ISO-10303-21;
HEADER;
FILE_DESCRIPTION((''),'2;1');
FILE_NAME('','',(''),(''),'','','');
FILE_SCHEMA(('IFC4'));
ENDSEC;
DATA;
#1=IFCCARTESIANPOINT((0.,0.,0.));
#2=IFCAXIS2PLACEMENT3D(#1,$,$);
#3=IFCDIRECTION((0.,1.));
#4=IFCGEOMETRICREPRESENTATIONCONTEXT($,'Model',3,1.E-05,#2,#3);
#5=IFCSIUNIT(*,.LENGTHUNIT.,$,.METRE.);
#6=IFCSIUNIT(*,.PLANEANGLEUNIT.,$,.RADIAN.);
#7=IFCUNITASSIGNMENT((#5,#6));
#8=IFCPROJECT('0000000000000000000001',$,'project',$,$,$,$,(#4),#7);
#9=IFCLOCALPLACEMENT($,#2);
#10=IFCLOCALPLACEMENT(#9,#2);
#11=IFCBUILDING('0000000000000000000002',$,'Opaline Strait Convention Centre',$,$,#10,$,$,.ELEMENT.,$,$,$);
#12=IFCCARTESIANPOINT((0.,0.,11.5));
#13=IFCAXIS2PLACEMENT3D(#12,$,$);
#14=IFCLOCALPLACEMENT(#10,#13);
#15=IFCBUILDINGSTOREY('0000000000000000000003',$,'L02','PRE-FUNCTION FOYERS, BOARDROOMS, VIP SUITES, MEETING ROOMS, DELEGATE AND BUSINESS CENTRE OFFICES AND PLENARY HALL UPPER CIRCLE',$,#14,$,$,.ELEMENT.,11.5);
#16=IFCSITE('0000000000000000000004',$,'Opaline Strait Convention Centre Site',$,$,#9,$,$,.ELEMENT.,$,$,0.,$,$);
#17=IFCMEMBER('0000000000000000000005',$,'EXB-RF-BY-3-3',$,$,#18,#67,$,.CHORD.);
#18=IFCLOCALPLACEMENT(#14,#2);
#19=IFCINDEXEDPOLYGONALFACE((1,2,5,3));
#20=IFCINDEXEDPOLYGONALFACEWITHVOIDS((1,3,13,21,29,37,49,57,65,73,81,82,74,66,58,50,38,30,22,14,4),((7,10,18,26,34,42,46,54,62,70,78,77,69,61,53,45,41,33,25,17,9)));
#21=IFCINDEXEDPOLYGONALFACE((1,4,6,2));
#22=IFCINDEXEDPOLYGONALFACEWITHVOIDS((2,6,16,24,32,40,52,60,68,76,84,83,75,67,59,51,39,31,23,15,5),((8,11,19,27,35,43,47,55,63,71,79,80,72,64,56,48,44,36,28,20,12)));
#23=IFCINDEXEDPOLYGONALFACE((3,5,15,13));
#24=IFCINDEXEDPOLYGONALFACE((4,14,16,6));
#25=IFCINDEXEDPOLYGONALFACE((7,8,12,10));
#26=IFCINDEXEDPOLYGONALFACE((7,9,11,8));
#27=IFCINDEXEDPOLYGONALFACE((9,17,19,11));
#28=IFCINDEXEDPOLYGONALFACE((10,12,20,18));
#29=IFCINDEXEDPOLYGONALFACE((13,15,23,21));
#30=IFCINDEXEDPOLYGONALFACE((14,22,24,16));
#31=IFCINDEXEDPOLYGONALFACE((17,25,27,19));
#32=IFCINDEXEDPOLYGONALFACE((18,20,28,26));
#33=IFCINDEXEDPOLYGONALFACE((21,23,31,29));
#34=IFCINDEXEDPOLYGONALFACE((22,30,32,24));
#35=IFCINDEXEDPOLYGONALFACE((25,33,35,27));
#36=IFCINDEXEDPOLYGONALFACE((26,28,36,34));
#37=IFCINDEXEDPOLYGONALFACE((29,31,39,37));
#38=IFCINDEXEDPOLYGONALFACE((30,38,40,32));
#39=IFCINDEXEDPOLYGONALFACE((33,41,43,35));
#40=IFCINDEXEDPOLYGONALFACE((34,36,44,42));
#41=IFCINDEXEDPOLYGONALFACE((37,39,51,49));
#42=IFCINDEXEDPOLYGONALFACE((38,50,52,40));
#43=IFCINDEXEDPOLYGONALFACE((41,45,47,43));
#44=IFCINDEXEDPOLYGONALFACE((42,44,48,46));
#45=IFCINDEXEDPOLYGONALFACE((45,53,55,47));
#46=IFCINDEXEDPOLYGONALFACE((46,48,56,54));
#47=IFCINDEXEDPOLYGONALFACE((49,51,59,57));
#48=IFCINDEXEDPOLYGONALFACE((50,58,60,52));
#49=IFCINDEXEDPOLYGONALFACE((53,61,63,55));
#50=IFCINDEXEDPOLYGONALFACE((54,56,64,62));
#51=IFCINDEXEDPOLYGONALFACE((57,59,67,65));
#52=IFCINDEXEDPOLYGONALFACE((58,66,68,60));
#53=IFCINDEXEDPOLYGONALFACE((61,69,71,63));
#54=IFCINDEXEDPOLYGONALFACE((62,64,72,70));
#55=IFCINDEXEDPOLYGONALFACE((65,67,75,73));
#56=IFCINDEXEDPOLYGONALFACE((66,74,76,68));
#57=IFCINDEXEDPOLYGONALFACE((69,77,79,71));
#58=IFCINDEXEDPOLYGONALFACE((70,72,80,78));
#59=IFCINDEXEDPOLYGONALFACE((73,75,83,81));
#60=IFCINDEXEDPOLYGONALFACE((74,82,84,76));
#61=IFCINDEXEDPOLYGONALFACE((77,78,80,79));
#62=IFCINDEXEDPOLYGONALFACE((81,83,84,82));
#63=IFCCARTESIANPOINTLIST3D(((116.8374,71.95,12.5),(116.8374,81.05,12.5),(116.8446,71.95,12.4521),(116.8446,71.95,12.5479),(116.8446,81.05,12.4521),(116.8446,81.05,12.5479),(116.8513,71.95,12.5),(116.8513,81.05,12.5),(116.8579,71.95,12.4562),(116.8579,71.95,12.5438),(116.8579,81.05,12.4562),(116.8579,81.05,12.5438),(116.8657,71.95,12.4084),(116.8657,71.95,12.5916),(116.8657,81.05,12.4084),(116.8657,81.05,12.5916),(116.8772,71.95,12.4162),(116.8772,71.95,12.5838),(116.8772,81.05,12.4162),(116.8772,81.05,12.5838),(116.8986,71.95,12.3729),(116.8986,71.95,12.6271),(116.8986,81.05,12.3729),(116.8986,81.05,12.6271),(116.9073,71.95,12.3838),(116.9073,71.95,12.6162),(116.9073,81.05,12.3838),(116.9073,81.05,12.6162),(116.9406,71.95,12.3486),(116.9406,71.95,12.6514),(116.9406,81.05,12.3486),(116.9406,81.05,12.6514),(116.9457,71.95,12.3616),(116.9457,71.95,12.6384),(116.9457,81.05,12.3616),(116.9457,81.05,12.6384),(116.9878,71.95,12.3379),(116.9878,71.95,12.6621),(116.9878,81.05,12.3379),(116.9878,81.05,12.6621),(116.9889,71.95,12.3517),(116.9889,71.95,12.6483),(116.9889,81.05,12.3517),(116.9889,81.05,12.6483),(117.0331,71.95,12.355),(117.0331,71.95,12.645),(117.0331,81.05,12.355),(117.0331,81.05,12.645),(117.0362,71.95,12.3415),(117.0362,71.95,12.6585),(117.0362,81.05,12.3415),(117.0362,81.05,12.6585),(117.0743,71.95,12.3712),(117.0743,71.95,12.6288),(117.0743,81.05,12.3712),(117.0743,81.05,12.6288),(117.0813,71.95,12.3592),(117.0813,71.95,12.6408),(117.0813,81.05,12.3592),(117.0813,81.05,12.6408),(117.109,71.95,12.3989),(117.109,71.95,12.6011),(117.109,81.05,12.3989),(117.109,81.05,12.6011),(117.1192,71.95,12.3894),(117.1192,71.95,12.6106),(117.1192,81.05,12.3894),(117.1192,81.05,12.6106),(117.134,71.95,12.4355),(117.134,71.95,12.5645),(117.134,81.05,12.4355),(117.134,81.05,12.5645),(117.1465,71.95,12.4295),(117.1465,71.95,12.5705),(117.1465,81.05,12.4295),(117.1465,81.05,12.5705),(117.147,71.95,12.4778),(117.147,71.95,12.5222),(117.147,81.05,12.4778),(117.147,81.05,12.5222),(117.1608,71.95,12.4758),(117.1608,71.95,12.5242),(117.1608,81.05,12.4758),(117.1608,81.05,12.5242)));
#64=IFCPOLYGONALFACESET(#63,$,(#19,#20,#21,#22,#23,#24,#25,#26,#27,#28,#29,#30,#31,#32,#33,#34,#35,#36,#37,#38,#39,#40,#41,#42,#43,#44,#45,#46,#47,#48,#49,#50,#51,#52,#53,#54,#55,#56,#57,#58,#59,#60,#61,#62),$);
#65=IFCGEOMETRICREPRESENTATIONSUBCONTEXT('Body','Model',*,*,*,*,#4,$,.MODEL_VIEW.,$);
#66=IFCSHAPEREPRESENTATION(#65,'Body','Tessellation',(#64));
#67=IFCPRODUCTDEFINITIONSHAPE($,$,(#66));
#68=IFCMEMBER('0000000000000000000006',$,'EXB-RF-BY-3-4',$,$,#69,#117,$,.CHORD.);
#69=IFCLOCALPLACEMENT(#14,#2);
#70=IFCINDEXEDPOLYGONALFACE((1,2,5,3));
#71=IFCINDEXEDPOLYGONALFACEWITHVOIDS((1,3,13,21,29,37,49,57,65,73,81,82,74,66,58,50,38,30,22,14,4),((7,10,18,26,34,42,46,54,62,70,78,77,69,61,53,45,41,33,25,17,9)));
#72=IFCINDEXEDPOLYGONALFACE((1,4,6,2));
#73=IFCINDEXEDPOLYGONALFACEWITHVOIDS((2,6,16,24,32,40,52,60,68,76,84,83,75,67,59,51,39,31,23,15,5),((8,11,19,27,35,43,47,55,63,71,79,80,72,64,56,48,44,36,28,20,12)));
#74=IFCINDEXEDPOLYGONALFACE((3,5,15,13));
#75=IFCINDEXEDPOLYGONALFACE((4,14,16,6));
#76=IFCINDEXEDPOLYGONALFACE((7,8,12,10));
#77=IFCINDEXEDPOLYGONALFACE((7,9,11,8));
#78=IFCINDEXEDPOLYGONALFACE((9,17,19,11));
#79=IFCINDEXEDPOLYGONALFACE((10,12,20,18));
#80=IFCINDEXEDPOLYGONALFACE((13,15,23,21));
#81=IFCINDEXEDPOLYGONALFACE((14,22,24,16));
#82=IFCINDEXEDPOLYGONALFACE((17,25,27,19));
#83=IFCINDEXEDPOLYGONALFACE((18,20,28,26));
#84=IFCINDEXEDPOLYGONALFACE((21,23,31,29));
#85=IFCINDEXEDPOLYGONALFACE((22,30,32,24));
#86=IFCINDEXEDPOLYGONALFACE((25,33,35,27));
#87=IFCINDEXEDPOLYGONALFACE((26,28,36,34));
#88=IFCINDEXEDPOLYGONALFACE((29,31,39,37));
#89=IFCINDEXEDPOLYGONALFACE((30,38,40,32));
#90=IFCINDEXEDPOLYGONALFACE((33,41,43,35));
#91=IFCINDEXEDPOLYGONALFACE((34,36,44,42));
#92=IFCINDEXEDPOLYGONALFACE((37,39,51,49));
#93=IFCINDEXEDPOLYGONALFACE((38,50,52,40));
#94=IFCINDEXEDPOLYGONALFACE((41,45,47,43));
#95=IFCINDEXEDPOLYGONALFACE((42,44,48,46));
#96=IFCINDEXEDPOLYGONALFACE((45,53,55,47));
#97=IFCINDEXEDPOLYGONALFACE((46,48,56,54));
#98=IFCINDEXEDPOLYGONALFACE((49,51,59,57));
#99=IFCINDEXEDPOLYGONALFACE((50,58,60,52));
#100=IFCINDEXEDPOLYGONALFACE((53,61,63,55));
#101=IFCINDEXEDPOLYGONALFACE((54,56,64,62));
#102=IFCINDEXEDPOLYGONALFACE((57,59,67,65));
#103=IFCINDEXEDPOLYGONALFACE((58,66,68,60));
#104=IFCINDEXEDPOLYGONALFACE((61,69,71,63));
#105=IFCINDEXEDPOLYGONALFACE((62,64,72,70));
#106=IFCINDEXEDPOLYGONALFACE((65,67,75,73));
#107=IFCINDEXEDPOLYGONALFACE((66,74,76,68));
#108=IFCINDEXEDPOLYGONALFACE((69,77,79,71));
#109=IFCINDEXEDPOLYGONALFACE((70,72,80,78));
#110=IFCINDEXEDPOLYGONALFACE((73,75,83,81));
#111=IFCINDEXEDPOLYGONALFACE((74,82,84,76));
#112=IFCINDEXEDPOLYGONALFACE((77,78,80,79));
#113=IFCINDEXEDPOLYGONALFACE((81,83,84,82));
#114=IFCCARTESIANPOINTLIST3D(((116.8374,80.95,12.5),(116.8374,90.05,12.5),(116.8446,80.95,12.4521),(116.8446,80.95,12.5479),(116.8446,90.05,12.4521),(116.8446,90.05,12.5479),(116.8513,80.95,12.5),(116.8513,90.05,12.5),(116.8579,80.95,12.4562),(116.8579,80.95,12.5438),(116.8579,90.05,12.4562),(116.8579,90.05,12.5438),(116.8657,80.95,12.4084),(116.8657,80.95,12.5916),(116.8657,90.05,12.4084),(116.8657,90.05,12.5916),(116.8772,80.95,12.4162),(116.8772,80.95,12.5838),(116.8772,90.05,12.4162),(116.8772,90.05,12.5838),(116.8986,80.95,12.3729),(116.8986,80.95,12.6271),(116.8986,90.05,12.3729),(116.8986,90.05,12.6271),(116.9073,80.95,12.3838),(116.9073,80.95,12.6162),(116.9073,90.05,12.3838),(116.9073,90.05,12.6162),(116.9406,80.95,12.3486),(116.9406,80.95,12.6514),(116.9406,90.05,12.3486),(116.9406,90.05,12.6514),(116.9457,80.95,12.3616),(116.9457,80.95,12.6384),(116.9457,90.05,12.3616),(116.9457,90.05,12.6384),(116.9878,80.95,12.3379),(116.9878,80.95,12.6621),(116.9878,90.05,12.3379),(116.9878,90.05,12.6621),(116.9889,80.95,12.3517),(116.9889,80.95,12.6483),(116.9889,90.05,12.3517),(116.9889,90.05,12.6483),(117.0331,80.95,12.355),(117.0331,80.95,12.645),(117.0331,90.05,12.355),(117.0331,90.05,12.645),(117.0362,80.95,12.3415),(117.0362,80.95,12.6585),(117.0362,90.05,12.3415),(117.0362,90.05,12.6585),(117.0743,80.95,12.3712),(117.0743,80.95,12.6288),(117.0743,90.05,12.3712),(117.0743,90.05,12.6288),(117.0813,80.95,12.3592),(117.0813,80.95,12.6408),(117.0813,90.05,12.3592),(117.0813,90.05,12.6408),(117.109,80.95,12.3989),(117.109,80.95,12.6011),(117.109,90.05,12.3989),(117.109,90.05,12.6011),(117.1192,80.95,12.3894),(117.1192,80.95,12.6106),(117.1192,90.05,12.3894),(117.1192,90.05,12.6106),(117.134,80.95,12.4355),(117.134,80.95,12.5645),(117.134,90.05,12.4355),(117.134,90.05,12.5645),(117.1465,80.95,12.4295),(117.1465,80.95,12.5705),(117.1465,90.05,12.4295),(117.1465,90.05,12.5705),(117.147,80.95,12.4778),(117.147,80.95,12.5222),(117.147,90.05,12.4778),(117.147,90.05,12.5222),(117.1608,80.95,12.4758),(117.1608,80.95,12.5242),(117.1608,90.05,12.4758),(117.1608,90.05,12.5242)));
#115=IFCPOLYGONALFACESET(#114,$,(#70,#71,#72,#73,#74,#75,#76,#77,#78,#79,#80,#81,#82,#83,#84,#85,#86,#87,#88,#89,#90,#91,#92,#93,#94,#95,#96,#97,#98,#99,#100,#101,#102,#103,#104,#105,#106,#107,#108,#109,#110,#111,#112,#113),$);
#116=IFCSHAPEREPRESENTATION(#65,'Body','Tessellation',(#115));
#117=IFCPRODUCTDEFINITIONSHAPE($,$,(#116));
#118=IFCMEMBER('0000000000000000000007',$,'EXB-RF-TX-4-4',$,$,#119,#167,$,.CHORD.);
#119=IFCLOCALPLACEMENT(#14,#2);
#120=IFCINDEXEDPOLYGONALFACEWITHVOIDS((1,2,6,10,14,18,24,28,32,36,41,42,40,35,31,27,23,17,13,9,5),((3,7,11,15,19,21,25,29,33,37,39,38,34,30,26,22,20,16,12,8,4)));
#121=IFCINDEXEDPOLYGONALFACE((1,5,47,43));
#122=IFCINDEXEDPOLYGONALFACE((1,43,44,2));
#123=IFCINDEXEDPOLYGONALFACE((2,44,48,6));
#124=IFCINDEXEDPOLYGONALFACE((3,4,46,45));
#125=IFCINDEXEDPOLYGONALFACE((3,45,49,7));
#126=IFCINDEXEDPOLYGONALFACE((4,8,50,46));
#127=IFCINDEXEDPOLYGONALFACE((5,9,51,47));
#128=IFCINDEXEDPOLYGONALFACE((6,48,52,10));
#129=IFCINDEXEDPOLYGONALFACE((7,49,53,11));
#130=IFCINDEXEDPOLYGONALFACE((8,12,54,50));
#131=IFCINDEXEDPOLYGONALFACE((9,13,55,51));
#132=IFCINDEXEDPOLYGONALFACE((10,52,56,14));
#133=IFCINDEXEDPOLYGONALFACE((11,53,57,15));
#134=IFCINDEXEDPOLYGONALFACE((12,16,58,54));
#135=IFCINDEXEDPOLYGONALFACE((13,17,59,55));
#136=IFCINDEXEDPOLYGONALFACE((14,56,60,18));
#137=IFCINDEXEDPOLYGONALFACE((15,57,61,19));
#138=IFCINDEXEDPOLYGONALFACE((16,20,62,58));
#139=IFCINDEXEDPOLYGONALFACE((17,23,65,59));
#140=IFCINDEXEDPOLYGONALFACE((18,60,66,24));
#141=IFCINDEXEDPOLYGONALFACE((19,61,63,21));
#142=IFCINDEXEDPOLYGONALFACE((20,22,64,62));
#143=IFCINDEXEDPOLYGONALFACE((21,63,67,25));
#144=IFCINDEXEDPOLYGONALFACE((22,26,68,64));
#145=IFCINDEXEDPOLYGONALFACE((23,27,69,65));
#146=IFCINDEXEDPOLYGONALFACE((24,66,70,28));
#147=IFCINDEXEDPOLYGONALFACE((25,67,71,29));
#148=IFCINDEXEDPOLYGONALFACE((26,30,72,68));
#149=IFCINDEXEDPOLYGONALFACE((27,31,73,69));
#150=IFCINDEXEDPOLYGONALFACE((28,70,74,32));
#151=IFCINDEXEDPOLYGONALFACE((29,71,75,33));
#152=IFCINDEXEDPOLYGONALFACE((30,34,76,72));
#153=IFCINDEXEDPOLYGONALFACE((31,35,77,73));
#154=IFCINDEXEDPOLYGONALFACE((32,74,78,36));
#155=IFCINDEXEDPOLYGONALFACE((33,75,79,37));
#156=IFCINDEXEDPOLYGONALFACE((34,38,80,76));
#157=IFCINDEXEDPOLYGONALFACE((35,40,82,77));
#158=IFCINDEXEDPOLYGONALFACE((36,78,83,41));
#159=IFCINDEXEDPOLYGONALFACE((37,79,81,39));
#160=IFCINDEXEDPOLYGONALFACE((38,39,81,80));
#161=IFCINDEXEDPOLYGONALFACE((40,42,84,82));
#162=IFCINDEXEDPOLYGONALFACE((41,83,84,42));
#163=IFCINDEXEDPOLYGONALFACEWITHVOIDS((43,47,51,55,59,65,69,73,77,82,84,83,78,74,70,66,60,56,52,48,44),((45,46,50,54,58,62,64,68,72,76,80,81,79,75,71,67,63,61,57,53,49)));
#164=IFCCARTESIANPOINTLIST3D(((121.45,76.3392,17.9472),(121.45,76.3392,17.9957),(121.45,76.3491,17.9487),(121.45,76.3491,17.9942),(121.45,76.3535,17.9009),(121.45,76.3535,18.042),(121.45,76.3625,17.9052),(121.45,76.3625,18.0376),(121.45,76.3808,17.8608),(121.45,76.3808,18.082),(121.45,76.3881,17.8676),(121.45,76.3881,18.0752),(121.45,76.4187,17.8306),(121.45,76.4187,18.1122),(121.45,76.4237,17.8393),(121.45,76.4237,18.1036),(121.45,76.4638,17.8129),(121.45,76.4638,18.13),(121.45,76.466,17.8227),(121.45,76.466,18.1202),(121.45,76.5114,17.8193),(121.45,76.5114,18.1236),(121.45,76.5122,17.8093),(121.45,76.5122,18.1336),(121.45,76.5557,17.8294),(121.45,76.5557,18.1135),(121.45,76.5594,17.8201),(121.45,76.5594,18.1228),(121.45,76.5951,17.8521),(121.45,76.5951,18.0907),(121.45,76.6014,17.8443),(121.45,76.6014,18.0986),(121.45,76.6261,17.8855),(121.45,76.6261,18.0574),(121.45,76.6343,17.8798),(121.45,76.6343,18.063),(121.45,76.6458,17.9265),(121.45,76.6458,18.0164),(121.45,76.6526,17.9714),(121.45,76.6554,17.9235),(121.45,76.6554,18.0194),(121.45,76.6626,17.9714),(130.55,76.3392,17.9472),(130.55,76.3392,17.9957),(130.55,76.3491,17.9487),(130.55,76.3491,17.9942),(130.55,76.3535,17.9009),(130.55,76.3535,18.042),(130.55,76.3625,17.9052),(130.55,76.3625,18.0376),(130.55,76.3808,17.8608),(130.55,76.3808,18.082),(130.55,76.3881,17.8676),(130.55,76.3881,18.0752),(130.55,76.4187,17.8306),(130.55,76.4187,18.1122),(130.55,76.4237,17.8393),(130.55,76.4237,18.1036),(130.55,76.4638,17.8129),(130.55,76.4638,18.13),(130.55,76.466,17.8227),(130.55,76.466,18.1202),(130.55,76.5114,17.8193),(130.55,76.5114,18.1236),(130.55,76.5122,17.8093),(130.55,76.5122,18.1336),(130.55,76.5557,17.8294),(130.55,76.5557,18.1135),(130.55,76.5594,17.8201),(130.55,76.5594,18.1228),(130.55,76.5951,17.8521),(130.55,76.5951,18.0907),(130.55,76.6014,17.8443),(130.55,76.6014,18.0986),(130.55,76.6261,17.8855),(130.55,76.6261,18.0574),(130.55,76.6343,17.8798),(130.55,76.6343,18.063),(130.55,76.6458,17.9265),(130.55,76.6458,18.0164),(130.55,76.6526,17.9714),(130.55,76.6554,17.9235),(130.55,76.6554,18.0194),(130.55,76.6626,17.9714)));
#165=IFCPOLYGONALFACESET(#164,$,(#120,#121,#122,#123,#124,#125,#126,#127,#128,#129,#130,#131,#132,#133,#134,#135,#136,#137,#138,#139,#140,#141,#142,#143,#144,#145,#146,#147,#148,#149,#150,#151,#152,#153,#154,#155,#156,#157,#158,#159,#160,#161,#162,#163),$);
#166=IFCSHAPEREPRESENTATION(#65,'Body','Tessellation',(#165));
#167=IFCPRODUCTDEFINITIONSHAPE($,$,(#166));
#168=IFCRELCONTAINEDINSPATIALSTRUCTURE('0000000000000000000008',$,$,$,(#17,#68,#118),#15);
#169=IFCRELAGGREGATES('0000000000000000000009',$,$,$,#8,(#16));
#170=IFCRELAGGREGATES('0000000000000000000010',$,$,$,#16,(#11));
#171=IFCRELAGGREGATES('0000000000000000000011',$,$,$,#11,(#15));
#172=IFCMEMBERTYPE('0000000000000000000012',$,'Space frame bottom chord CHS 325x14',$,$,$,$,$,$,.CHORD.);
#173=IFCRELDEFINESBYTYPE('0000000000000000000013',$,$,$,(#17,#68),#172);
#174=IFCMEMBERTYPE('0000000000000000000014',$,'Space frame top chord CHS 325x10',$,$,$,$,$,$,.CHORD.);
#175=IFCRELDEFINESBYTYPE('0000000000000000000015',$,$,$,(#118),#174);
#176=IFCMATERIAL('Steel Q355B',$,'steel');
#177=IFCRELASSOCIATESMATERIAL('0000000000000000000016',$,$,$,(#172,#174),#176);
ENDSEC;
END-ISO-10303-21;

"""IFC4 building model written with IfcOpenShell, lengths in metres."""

from ifc_helpers import new_model, si_unit, direction, frame, origin, origin_2d, place, context, subcontext, project, spatial, hollow_circle, extrude, material, material_profile, profile_set, type_object, element, save


model = new_model("IFC4")

# Units and contexts
model_context = context("Model", 3, precision=1e-05, world=origin(), true_north=direction((0.0, 1.0)))
body_context = subcontext(model_context, "Body", "Model", "MODEL_VIEW")
ifc_project = project(units=[si_unit("LENGTHUNIT", "METRE"), si_unit("PLANEANGLEUNIT", "RADIAN")], contexts=[model_context])

# Site, building, storey
site_placement = place(None, origin())
site = spatial("IfcSite", under=ifc_project, at=site_placement, Name="Opaline Strait Convention Centre Site", CompositionType="ELEMENT", RefElevation=0.0)
building_placement = place(site_placement, origin())
building = spatial("IfcBuilding", under=site, at=building_placement, Name="Opaline Strait Convention Centre", CompositionType="ELEMENT")
storey_placement = place(building_placement, frame((0.0, 0.0, 11.5)))
storey = spatial("IfcBuildingStorey", under=building, at=storey_placement, Name="L02", Description="PRE-FUNCTION FOYERS, BOARDROOMS, VIP SUITES, MEETING ROOMS, DELEGATE AND BUSINESS CENTRE OFFICES AND PLENARY HALL UPPER CIRCLE", CompositionType="ELEMENT", Elevation=11.5)

# Members
ifc_material_1 = material(Name="Steel Q355B", Category="steel")
ifc_material_profile_1 = material_profile(ifc_material_1, hollow_circle(Radius=0.1626, WallThickness=0.0139, at=origin_2d()), Name="CHS 325x14")
ifc_profile_set_1 = profile_set([ifc_material_profile_1], Name="Steel Q355B")
member_type_1 = type_object("IfcMemberType", Name="Space frame bottom chord CHS 325x14", PredefinedType="CHORD", material=ifc_profile_set_1)
for number, where, z_axis, x_axis, name in (
    (1, (117.0, 71.95, 12.5), (0.0, 1.0, 0.0), (-1.0, 0.0, 0.0), "EXB-RF-BY-3-3"),
    (2, (117.0, 80.95, 12.5), (0.0, 1.0, 0.0), (-1.0, 0.0, 0.0), "EXB-RF-BY-3-4"),
):
    element("IfcMember", number, at=place(storey_placement, frame(where, z_axis=z_axis, x_axis=x_axis)), inside=storey, type_object=member_type_1, Name=name, PredefinedType="CHORD", context=body_context, shape_type="SweptSolid", body=[
        extrude(hollow_circle(Radius=0.1626, WallThickness=0.0139, at=origin_2d()), origin(), (0.0, 0.0, 1.0), 9.1001),
    ])
ifc_material_profile_2 = material_profile(ifc_material_1, hollow_circle(Radius=0.1626, WallThickness=0.01, at=origin_2d()), Name="CHS 325x10")
ifc_profile_set_2 = profile_set([ifc_material_profile_2], Name="Steel Q355B")
member_type_2 = type_object("IfcMemberType", Name="Space frame top chord CHS 325x10", PredefinedType="CHORD", material=ifc_profile_set_2)
for number, where, z_axis, x_axis, name in (
    (3, (121.45, 76.5, 17.9714), (1.0, 0.0, 0.0), (0.0, 1.0, 0.0), "EXB-RF-TX-4-4"),
):
    element("IfcMember", number, at=place(storey_placement, frame(where, z_axis=z_axis, x_axis=x_axis)), inside=storey, type_object=member_type_2, Name=name, PredefinedType="CHORD", context=body_context, shape_type="SweptSolid", body=[
        extrude(hollow_circle(Radius=0.1626, WallThickness=0.01, at=origin_2d()), origin(), (0.0, 0.0, 1.0), 9.1001),
    ])

save(model, "model.ifc")
